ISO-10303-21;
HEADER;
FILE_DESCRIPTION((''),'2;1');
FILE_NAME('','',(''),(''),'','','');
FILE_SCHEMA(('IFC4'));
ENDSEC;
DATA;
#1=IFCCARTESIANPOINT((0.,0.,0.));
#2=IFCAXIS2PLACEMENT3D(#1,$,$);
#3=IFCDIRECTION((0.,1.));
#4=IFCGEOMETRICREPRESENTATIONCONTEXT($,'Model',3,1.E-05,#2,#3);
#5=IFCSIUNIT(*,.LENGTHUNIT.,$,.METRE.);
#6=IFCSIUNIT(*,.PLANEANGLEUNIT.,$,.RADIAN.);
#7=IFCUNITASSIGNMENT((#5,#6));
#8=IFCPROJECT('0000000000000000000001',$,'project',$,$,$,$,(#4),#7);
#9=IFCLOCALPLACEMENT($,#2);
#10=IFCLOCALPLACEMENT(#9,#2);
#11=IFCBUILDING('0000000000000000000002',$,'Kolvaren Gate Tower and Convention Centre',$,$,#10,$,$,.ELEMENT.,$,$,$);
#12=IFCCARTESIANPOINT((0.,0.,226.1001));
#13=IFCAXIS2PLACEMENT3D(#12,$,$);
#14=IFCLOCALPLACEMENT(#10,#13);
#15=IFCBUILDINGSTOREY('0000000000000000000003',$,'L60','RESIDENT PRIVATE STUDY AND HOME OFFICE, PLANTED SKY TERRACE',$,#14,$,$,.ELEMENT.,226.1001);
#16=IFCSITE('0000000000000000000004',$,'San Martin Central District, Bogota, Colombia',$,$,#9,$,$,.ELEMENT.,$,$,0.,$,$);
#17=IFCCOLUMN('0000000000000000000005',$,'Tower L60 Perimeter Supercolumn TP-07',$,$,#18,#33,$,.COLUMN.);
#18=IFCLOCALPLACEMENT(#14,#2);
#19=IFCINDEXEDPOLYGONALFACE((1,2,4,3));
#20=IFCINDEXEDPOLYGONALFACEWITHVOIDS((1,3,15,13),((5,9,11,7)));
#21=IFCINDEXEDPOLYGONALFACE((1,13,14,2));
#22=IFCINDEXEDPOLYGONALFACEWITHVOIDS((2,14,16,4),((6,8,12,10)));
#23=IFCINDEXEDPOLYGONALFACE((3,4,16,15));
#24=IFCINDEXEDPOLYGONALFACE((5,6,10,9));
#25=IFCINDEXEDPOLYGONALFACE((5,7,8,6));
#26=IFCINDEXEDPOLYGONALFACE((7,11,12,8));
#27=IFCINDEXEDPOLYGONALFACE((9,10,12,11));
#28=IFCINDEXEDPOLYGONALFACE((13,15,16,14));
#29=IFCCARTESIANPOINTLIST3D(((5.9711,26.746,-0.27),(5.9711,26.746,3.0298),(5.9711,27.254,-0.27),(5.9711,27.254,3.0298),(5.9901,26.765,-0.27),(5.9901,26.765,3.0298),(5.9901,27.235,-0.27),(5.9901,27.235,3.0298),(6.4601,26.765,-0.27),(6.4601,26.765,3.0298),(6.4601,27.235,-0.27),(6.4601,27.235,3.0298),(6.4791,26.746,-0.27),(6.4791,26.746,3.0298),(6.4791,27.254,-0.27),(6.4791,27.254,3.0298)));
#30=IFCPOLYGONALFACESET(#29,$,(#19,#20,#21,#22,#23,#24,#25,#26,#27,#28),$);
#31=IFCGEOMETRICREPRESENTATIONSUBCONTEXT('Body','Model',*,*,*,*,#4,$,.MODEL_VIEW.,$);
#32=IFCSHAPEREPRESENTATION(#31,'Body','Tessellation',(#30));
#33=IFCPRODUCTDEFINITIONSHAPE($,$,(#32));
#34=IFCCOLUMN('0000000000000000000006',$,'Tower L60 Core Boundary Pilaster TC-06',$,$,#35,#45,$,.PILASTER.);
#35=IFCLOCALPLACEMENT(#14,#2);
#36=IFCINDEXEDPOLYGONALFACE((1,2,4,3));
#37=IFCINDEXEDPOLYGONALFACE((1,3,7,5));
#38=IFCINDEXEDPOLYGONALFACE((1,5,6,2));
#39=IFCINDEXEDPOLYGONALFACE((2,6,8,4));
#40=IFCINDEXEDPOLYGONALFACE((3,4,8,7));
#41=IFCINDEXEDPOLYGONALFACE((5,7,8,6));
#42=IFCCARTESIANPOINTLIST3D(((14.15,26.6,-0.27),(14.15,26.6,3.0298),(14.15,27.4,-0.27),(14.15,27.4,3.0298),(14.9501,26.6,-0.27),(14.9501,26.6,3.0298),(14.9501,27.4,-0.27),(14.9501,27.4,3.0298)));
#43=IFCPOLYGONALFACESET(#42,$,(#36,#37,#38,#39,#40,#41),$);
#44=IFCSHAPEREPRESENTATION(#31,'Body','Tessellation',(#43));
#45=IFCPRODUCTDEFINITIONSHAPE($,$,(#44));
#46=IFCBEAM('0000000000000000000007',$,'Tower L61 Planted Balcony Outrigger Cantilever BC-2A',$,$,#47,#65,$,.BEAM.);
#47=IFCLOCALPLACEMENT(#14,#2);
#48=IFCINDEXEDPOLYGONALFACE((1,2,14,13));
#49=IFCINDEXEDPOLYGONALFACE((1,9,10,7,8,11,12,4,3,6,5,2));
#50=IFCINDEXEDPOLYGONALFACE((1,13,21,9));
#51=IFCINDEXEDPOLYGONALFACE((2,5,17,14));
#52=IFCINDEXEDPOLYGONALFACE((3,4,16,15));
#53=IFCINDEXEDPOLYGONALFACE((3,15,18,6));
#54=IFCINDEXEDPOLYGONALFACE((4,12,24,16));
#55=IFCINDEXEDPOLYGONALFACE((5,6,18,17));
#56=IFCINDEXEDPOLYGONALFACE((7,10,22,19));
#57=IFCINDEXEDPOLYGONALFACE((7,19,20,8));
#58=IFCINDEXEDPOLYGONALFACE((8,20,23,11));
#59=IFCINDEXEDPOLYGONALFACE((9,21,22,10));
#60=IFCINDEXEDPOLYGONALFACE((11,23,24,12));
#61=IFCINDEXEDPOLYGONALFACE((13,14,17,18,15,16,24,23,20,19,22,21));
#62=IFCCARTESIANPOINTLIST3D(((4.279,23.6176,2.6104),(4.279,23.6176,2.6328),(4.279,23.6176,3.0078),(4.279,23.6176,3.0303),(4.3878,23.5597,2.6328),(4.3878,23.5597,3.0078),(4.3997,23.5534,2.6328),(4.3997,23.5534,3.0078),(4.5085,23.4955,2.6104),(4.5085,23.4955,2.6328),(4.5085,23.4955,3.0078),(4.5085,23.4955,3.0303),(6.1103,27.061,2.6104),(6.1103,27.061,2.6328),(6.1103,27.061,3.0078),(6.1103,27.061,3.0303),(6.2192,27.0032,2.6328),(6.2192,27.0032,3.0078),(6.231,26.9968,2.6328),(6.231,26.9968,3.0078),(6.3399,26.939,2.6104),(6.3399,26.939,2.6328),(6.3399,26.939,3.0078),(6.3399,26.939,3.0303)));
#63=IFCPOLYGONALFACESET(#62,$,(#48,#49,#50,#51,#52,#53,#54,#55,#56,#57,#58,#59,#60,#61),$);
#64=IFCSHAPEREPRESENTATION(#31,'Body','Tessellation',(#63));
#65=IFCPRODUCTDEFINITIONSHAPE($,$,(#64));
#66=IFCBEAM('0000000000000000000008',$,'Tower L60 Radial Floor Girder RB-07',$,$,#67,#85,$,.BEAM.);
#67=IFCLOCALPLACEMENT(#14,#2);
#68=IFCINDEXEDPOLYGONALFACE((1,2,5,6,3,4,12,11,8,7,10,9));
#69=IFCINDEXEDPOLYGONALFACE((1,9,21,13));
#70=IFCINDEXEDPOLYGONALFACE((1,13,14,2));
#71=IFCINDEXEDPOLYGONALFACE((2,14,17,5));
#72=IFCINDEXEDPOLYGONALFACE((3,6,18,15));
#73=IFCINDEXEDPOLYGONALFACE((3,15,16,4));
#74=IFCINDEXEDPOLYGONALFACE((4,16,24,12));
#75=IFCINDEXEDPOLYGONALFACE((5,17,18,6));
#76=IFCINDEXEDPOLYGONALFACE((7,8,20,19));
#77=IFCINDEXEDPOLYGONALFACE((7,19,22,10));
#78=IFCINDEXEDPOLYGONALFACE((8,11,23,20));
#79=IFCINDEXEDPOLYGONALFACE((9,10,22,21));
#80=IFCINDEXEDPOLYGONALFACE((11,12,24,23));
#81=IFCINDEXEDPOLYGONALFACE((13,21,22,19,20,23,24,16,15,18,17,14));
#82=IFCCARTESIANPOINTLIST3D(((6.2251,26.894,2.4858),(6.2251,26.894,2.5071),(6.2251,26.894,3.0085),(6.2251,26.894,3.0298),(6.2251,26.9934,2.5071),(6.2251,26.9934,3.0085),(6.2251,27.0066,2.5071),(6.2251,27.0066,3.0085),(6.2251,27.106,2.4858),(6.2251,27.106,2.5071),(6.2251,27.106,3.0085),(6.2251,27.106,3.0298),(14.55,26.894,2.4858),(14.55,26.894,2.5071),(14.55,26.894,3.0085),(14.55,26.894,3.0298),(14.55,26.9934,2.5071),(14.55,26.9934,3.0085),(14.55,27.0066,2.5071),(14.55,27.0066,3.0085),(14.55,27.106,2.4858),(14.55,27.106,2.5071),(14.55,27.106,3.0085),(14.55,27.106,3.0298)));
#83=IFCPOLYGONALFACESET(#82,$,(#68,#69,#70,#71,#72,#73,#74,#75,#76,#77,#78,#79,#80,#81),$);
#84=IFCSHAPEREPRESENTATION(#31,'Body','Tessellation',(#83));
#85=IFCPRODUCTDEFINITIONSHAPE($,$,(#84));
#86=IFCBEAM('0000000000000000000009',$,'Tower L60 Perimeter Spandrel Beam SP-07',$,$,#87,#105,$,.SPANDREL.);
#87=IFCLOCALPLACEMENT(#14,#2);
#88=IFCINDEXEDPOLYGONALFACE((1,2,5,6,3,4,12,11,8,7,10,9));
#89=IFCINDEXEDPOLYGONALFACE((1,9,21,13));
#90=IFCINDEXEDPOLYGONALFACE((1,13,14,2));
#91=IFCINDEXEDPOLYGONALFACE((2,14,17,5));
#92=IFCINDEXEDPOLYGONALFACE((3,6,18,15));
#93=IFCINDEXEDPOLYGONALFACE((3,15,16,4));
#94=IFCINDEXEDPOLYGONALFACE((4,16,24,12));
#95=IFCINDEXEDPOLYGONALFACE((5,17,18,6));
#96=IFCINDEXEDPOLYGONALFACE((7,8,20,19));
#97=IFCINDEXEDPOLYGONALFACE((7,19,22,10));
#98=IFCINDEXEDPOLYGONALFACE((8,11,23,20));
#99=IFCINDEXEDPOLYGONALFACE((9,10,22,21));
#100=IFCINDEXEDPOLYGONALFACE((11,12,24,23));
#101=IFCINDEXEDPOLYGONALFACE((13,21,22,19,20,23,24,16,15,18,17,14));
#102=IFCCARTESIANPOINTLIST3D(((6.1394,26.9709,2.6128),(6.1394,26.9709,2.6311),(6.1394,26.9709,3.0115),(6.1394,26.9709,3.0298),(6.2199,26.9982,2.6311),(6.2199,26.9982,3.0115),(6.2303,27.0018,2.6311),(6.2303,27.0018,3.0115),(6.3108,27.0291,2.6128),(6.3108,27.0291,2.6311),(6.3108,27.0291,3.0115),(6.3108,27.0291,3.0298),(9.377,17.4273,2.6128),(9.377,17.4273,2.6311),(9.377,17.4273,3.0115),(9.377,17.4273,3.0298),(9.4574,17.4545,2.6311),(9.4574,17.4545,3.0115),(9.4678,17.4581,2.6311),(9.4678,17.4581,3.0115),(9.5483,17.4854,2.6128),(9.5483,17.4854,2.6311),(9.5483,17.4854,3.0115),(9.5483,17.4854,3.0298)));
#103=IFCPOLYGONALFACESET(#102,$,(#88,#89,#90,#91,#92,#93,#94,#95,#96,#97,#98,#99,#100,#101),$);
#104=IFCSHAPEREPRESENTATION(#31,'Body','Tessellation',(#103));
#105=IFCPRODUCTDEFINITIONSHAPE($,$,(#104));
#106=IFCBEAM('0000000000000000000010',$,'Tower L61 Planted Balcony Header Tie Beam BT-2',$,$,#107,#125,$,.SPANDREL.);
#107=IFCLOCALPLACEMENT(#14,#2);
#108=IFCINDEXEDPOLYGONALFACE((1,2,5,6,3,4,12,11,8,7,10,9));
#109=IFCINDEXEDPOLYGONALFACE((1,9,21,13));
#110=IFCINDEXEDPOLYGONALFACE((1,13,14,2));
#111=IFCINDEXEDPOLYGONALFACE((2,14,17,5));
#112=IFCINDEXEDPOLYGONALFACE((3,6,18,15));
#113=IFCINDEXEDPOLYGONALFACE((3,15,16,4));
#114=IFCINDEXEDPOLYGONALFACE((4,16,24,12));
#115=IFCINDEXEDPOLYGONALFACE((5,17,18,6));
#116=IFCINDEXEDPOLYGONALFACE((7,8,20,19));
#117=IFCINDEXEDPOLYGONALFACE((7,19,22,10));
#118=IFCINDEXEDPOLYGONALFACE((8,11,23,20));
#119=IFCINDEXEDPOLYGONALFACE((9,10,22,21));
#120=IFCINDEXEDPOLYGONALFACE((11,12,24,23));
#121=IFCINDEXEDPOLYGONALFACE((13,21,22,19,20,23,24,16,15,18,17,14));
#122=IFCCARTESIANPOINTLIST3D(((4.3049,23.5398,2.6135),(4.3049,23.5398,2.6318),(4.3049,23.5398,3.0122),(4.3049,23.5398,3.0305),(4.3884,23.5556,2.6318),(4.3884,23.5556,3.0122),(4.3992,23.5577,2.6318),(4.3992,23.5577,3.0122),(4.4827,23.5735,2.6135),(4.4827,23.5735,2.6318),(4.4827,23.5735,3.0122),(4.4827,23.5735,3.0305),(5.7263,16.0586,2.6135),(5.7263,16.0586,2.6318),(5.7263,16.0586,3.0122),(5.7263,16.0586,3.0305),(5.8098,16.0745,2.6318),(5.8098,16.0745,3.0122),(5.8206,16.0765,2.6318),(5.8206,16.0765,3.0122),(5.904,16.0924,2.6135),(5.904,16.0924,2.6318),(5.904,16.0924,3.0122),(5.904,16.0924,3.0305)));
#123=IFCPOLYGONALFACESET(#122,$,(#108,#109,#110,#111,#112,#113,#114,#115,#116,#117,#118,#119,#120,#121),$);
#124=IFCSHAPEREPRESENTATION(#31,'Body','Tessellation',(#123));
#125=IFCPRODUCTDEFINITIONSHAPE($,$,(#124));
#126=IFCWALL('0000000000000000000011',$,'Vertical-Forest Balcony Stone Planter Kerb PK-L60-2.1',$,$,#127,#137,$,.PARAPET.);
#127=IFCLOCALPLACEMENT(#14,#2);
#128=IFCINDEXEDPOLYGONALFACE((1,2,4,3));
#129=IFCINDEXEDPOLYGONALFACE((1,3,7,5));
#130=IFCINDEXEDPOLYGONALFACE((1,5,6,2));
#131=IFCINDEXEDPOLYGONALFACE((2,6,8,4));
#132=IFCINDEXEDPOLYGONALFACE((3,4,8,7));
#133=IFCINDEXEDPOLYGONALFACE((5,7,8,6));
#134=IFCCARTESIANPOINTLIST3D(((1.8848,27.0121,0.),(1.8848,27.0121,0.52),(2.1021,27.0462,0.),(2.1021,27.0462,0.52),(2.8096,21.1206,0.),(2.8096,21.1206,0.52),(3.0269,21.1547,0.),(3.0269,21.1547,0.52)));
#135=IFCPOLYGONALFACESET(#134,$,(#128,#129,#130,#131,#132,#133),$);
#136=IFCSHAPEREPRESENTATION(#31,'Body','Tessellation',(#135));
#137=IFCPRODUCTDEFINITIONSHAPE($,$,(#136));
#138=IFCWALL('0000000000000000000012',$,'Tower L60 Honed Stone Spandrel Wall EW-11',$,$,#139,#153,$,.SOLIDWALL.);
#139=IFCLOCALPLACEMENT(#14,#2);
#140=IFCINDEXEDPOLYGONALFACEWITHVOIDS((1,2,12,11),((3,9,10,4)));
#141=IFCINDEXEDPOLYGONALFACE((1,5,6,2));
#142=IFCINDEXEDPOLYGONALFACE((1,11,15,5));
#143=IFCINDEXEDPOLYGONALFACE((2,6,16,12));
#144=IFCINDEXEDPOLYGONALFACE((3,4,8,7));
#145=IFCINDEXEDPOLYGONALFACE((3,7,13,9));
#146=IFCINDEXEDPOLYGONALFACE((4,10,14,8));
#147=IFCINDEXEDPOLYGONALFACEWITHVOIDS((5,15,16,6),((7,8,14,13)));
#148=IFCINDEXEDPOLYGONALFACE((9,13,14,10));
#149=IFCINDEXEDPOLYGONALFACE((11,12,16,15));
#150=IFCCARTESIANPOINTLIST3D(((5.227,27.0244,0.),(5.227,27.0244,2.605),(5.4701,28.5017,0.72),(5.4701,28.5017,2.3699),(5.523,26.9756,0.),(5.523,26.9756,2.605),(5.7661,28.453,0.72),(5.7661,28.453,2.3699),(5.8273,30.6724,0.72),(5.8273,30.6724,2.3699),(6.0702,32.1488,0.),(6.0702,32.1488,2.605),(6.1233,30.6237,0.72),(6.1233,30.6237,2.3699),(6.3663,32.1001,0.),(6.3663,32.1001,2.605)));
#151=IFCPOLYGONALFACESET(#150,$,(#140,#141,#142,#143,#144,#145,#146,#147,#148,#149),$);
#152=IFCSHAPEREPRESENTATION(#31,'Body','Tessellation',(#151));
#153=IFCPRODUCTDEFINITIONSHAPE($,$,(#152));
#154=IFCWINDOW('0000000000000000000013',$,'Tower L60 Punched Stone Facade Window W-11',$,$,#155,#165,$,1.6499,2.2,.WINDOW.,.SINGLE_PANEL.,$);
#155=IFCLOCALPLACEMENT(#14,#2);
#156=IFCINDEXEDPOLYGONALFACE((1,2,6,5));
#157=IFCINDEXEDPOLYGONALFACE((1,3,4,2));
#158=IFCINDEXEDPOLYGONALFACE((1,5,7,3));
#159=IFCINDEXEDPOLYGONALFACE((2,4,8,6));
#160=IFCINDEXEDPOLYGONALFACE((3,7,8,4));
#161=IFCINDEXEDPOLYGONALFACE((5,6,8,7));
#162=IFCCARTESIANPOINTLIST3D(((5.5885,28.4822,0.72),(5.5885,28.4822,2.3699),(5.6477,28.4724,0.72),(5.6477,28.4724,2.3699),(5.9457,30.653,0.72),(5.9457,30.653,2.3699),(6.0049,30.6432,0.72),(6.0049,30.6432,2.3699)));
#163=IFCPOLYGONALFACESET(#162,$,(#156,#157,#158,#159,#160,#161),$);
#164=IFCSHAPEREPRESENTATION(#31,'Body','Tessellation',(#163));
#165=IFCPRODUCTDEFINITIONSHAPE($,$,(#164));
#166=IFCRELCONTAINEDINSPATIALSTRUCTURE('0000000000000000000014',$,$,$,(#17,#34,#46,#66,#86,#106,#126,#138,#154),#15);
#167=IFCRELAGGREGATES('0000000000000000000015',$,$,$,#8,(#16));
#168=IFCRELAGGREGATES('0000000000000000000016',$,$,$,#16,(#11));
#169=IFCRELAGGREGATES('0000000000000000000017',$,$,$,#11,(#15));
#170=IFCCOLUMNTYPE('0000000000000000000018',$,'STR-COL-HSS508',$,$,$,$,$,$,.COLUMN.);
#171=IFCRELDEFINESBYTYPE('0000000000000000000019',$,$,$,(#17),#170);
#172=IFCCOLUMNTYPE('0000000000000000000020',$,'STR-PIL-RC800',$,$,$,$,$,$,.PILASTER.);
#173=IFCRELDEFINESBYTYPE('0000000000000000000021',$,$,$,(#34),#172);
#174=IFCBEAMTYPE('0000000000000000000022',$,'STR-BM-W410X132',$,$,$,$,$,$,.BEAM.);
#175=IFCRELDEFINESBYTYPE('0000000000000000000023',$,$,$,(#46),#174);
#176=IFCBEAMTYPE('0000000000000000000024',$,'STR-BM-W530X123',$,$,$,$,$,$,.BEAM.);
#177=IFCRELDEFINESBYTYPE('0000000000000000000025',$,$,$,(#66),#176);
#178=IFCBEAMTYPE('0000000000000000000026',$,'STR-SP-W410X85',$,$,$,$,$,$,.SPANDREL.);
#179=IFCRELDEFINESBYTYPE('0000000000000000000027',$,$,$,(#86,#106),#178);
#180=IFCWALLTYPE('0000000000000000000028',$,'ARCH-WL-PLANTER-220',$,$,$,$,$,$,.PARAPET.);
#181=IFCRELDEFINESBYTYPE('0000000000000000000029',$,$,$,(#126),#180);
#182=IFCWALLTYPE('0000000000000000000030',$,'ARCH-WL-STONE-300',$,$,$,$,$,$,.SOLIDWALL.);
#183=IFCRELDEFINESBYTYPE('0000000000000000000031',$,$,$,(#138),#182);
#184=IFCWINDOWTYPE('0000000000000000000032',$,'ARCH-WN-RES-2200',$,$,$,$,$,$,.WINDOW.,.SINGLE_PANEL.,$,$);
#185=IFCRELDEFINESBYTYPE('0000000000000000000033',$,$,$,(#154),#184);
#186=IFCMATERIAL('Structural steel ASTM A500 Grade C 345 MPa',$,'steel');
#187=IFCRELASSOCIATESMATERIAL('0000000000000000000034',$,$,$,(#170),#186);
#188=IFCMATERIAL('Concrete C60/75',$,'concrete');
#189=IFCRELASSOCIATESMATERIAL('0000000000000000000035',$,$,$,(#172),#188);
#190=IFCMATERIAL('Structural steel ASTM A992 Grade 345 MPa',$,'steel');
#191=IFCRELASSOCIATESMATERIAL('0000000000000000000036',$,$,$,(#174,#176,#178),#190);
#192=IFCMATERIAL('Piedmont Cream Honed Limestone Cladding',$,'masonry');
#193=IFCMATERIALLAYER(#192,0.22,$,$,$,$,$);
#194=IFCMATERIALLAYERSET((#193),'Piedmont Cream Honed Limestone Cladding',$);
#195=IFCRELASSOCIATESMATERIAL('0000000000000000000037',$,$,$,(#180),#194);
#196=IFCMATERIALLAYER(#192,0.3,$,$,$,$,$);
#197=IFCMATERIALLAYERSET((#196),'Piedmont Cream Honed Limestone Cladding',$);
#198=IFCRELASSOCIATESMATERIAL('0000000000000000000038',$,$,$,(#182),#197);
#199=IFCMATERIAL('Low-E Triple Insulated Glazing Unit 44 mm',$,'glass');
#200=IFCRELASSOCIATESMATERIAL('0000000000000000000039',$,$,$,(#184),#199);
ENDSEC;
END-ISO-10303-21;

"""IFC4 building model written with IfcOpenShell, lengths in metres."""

from ifc_helpers import new_model, si_unit, direction, frame, frame_2d, origin, origin_2d, place, context, subcontext, project, spatial, rectangle, hollow_rectangle, i_section, extrude, material, layer, layer_set, material_profile, profile_set, type_object, element, fill, save


model = new_model("IFC4")

# Units and contexts
model_context = context("Model", 3, precision=1e-05, world=origin(), true_north=direction((0.0, 1.0)))
body_context = subcontext(model_context, "Body", "Model", "MODEL_VIEW")
ifc_project = project(units=[si_unit("LENGTHUNIT", "METRE"), si_unit("PLANEANGLEUNIT", "RADIAN")], contexts=[model_context])

# Site, building, storey
site_placement = place(None, origin())
site = spatial("IfcSite", under=ifc_project, at=site_placement, Name="San Martin Central District, Bogota, Colombia", CompositionType="ELEMENT", RefElevation=0.0)
building_placement = place(site_placement, origin())
building = spatial("IfcBuilding", under=site, at=building_placement, Name="Kolvaren Gate Tower and Convention Centre", CompositionType="ELEMENT")
storey_placement = place(building_placement, frame((0.0, 0.0, 226.1001)))
storey = spatial("IfcBuildingStorey", under=building, at=storey_placement, Name="L60", Description="RESIDENT PRIVATE STUDY AND HOME OFFICE, PLANTED SKY TERRACE", CompositionType="ELEMENT", Elevation=226.1001)

# Columns
ifc_material_1 = material(Name="Structural steel ASTM A500 Grade C 345 MPa", Category="steel")
ifc_material_profile_1 = material_profile(ifc_material_1, hollow_rectangle(XDim=0.5081, YDim=0.5081, WallThickness=0.019, at=origin_2d()), Name="HSS508X508X19.1")
ifc_profile_set_1 = profile_set([ifc_material_profile_1], Name="Structural steel ASTM A500 Grade C 345 MPa")
column_type_1 = type_object("IfcColumnType", Name="STR-COL-HSS508", PredefinedType="COLUMN", material=ifc_profile_set_1)
column_1_placement = place(storey_placement, frame((6.2251, 27.0, -0.27), z_axis=(0.0, 0.0, 1.0), x_axis=(1.0, 0.0, 0.0)))
element("IfcColumn", 1, at=column_1_placement, inside=storey, type_object=column_type_1, Name="Tower L60 Perimeter Supercolumn TP-07", PredefinedType="COLUMN", context=body_context, shape_type="SweptSolid", body=[
    extrude(hollow_rectangle(XDim=0.5081, YDim=0.5081, WallThickness=0.019, at=origin_2d()), origin(), (0.0, 0.0, 1.0), 3.2998),
])
ifc_material_2 = material(Name="Concrete C60/75", Category="concrete")
ifc_material_profile_2 = material_profile(ifc_material_2, rectangle(XDim=0.8, YDim=0.8, at=origin_2d()), Name="RC-COL-800X800")
ifc_profile_set_2 = profile_set([ifc_material_profile_2], Name="Concrete C60/75")
column_type_2 = type_object("IfcColumnType", Name="STR-PIL-RC800", PredefinedType="PILASTER", material=ifc_profile_set_2)
column_2_placement = place(storey_placement, frame((14.55, 27.0, -0.27), z_axis=(0.0, 0.0, 1.0), x_axis=(1.0, 0.0, 0.0)))
element("IfcColumn", 2, at=column_2_placement, inside=storey, type_object=column_type_2, Name="Tower L60 Core Boundary Pilaster TC-06", PredefinedType="PILASTER", context=body_context, shape_type="SweptSolid", body=[
    extrude(rectangle(XDim=0.8, YDim=0.8, at=origin_2d()), origin(), (0.0, 0.0, 1.0), 3.2998),
])

# Beams
ifc_material_3 = material(Name="Structural steel ASTM A992 Grade 345 MPa", Category="steel")
ifc_material_profile_3 = material_profile(ifc_material_3, i_section(OverallWidth=0.26, OverallDepth=0.4199, WebThickness=0.0134, FlangeThickness=0.0225, at=origin_2d()), Name="W410X132")
ifc_profile_set_3 = profile_set([ifc_material_profile_3], Name="Structural steel ASTM A992 Grade 345 MPa")
beam_type_1 = type_object("IfcBeamType", Name="STR-BM-W410X132", PredefinedType="BEAM", material=ifc_profile_set_3)
beam_1_placement = place(storey_placement, frame((6.2251, 27.0, 2.8203), z_axis=(-0.469558, -0.882902, 0.0), x_axis=(0.882902, -0.469558, 0.0)))
element("IfcBeam", 3, at=beam_1_placement, inside=storey, type_object=beam_type_1, Name="Tower L61 Planted Balcony Outrigger Cantilever BC-2A", PredefinedType="BEAM", context=body_context, shape_type="SweptSolid", body=[
    extrude(i_section(OverallWidth=0.26, OverallDepth=0.4199, WebThickness=0.0134, FlangeThickness=0.0225, at=origin_2d()), origin(), (0.0, 0.0, 1.0), 3.9001),
])
ifc_material_profile_4 = material_profile(ifc_material_3, i_section(OverallWidth=0.2119, OverallDepth=0.5439, WebThickness=0.0132, FlangeThickness=0.0212, at=origin_2d()), Name="W530X123")
ifc_profile_set_4 = profile_set([ifc_material_profile_4], Name="Structural steel ASTM A992 Grade 345 MPa")
beam_type_2 = type_object("IfcBeamType", Name="STR-BM-W530X123", PredefinedType="BEAM", material=ifc_profile_set_4)
beam_2_placement = place(storey_placement, frame((14.55, 27.0, 2.7578), z_axis=(-1.0, 0.0, 0.0), x_axis=(0.0, -1.0, 0.0)))
element("IfcBeam", 4, at=beam_2_placement, inside=storey, type_object=beam_type_2, Name="Tower L60 Radial Floor Girder RB-07", PredefinedType="BEAM", context=body_context, shape_type="SweptSolid", body=[
    extrude(i_section(OverallWidth=0.2119, OverallDepth=0.5439, WebThickness=0.0132, FlangeThickness=0.0212, at=origin_2d()), origin(), (0.0, 0.0, 1.0), 8.325),
])
ifc_material_profile_5 = material_profile(ifc_material_3, i_section(OverallWidth=0.1809, OverallDepth=0.417, WebThickness=0.011, FlangeThickness=0.0183, at=origin_2d()), Name="W410X85")
ifc_profile_set_5 = profile_set([ifc_material_profile_5], Name="Structural steel ASTM A992 Grade 345 MPa")
beam_type_3 = type_object("IfcBeamType", Name="STR-SP-W410X85", PredefinedType="SPANDREL", material=ifc_profile_set_5)
beam_3_placement = place(storey_placement, frame((6.2251, 27.0, 2.8213), z_axis=(0.321253, -0.946994, 0.0), x_axis=(0.946994, 0.321253, 0.0)))
element("IfcBeam", 5, at=beam_3_placement, inside=storey, type_object=beam_type_3, Name="Tower L60 Perimeter Spandrel Beam SP-07", PredefinedType="SPANDREL", context=body_context, shape_type="SweptSolid", body=[
    extrude(i_section(OverallWidth=0.1809, OverallDepth=0.417, WebThickness=0.011, FlangeThickness=0.0183, at=origin_2d()), origin(), (0.0, 0.0, 1.0), 10.0779),
])
beam_4_placement = place(storey_placement, frame((4.3938, 23.5566, 2.822), z_axis=(0.186655, -0.982425, 0.0), x_axis=(0.982425, 0.186655, 0.0)))
element("IfcBeam", 6, at=beam_4_placement, inside=storey, type_object=beam_type_3, Name="Tower L61 Planted Balcony Header Tie Beam BT-2", PredefinedType="SPANDREL", context=body_context, shape_type="SweptSolid", body=[
    extrude(i_section(OverallWidth=0.1809, OverallDepth=0.417, WebThickness=0.011, FlangeThickness=0.0183, at=origin_2d()), origin(), (0.0, 0.0, 1.0), 7.615),
])

# Wall
ifc_material_4 = material(Name="Piedmont Cream Honed Limestone Cladding", Category="masonry")
ifc_layer_1 = layer(ifc_material_4, 0.22)
ifc_layer_set_1 = layer_set([ifc_layer_1], Name="Piedmont Cream Honed Limestone Cladding")
wall_type_1 = type_object("IfcWallType", Name="ARCH-WL-PLANTER-220", PredefinedType="PARAPET", material=ifc_layer_set_1)
wall_1_placement = place(storey_placement, frame((1.9934, 27.0293, 0.0), z_axis=(0.0, 0.0, 1.0), x_axis=(0.155071, -0.987903, 0.0)))
element("IfcWall", 7, at=wall_1_placement, inside=storey, type_object=wall_type_1, Name="Vertical-Forest Balcony Stone Planter Kerb PK-L60-2.1", PredefinedType="PARAPET", context=body_context, shape_type="SweptSolid", body=[
    extrude(rectangle(XDim=5.9636, YDim=0.22, at=frame_2d((2.9819, 0.0))), origin(), (0.0, 0.0, 1.0), 0.52),
])

# Wall, opening, window
ifc_layer_2 = layer(ifc_material_4, 0.3)
ifc_layer_set_2 = layer_set([ifc_layer_2], Name="Piedmont Cream Honed Limestone Cladding")
wall_type_2 = type_object("IfcWallType", Name="ARCH-WL-STONE-300", PredefinedType="SOLIDWALL", material=ifc_layer_set_2)
wall_2_placement = place(storey_placement, frame((5.375, 27.0, 0.0), z_axis=(0.0, 0.0, 1.0), x_axis=(0.162371, 0.98673, 0.0)))
wall_2 = element("IfcWall", 8, at=wall_2_placement, inside=storey, type_object=wall_type_2, Name="Tower L60 Honed Stone Spandrel Wall EW-11", PredefinedType="SOLIDWALL", context=body_context, shape_type="SweptSolid", body=[
    extrude(rectangle(XDim=5.1934, YDim=0.3, at=frame_2d((2.5967, 0.0))), origin(), (0.0, 0.0, 1.0), 2.605),
])
opening_1_placement = place(wall_2_placement, frame((1.4971, 0.0, 0.72)))
opening_1 = element("IfcOpeningElement", 9, at=opening_1_placement, cuts=wall_2, PredefinedType="OPENING", context=body_context, shape_type="SweptSolid", body=[
    extrude(rectangle(XDim=2.2, YDim=1.6499, at=frame_2d((1.1001, 0.825))), frame((0.0, 0.1599, 0.0), z_axis=(0.0, -1.0, 0.0), x_axis=(1.0, 0.0, 0.0)), (0.0, 0.0, 1.0), 0.3201),
])
ifc_material_5 = material(Name="Low-E Triple Insulated Glazing Unit 44 mm", Category="glass")
window_type = type_object("IfcWindowType", Name="ARCH-WN-RES-2200", PartitioningType="SINGLE_PANEL", PredefinedType="WINDOW", material=ifc_material_5)
window_1_placement = place(opening_1_placement, origin())
window_1 = element("IfcWindow", 10, at=window_1_placement, inside=storey, type_object=window_type, Name="Tower L60 Punched Stone Facade Window W-11", OverallHeight=1.6499, OverallWidth=2.2, PartitioningType="SINGLE_PANEL", PredefinedType="WINDOW", context=body_context, shape_type="SweptSolid", body=[
    extrude(rectangle(XDim=2.2, YDim=1.6499, at=frame_2d((1.1001, 0.825))), frame((0.0, 0.03, 0.0), z_axis=(0.0, -1.0, 0.0), x_axis=(1.0, 0.0, 0.0)), (0.0, 0.0, 1.0), 0.0601),
])
fill(opening_1, window_1)

save(model, "model.ifc")
